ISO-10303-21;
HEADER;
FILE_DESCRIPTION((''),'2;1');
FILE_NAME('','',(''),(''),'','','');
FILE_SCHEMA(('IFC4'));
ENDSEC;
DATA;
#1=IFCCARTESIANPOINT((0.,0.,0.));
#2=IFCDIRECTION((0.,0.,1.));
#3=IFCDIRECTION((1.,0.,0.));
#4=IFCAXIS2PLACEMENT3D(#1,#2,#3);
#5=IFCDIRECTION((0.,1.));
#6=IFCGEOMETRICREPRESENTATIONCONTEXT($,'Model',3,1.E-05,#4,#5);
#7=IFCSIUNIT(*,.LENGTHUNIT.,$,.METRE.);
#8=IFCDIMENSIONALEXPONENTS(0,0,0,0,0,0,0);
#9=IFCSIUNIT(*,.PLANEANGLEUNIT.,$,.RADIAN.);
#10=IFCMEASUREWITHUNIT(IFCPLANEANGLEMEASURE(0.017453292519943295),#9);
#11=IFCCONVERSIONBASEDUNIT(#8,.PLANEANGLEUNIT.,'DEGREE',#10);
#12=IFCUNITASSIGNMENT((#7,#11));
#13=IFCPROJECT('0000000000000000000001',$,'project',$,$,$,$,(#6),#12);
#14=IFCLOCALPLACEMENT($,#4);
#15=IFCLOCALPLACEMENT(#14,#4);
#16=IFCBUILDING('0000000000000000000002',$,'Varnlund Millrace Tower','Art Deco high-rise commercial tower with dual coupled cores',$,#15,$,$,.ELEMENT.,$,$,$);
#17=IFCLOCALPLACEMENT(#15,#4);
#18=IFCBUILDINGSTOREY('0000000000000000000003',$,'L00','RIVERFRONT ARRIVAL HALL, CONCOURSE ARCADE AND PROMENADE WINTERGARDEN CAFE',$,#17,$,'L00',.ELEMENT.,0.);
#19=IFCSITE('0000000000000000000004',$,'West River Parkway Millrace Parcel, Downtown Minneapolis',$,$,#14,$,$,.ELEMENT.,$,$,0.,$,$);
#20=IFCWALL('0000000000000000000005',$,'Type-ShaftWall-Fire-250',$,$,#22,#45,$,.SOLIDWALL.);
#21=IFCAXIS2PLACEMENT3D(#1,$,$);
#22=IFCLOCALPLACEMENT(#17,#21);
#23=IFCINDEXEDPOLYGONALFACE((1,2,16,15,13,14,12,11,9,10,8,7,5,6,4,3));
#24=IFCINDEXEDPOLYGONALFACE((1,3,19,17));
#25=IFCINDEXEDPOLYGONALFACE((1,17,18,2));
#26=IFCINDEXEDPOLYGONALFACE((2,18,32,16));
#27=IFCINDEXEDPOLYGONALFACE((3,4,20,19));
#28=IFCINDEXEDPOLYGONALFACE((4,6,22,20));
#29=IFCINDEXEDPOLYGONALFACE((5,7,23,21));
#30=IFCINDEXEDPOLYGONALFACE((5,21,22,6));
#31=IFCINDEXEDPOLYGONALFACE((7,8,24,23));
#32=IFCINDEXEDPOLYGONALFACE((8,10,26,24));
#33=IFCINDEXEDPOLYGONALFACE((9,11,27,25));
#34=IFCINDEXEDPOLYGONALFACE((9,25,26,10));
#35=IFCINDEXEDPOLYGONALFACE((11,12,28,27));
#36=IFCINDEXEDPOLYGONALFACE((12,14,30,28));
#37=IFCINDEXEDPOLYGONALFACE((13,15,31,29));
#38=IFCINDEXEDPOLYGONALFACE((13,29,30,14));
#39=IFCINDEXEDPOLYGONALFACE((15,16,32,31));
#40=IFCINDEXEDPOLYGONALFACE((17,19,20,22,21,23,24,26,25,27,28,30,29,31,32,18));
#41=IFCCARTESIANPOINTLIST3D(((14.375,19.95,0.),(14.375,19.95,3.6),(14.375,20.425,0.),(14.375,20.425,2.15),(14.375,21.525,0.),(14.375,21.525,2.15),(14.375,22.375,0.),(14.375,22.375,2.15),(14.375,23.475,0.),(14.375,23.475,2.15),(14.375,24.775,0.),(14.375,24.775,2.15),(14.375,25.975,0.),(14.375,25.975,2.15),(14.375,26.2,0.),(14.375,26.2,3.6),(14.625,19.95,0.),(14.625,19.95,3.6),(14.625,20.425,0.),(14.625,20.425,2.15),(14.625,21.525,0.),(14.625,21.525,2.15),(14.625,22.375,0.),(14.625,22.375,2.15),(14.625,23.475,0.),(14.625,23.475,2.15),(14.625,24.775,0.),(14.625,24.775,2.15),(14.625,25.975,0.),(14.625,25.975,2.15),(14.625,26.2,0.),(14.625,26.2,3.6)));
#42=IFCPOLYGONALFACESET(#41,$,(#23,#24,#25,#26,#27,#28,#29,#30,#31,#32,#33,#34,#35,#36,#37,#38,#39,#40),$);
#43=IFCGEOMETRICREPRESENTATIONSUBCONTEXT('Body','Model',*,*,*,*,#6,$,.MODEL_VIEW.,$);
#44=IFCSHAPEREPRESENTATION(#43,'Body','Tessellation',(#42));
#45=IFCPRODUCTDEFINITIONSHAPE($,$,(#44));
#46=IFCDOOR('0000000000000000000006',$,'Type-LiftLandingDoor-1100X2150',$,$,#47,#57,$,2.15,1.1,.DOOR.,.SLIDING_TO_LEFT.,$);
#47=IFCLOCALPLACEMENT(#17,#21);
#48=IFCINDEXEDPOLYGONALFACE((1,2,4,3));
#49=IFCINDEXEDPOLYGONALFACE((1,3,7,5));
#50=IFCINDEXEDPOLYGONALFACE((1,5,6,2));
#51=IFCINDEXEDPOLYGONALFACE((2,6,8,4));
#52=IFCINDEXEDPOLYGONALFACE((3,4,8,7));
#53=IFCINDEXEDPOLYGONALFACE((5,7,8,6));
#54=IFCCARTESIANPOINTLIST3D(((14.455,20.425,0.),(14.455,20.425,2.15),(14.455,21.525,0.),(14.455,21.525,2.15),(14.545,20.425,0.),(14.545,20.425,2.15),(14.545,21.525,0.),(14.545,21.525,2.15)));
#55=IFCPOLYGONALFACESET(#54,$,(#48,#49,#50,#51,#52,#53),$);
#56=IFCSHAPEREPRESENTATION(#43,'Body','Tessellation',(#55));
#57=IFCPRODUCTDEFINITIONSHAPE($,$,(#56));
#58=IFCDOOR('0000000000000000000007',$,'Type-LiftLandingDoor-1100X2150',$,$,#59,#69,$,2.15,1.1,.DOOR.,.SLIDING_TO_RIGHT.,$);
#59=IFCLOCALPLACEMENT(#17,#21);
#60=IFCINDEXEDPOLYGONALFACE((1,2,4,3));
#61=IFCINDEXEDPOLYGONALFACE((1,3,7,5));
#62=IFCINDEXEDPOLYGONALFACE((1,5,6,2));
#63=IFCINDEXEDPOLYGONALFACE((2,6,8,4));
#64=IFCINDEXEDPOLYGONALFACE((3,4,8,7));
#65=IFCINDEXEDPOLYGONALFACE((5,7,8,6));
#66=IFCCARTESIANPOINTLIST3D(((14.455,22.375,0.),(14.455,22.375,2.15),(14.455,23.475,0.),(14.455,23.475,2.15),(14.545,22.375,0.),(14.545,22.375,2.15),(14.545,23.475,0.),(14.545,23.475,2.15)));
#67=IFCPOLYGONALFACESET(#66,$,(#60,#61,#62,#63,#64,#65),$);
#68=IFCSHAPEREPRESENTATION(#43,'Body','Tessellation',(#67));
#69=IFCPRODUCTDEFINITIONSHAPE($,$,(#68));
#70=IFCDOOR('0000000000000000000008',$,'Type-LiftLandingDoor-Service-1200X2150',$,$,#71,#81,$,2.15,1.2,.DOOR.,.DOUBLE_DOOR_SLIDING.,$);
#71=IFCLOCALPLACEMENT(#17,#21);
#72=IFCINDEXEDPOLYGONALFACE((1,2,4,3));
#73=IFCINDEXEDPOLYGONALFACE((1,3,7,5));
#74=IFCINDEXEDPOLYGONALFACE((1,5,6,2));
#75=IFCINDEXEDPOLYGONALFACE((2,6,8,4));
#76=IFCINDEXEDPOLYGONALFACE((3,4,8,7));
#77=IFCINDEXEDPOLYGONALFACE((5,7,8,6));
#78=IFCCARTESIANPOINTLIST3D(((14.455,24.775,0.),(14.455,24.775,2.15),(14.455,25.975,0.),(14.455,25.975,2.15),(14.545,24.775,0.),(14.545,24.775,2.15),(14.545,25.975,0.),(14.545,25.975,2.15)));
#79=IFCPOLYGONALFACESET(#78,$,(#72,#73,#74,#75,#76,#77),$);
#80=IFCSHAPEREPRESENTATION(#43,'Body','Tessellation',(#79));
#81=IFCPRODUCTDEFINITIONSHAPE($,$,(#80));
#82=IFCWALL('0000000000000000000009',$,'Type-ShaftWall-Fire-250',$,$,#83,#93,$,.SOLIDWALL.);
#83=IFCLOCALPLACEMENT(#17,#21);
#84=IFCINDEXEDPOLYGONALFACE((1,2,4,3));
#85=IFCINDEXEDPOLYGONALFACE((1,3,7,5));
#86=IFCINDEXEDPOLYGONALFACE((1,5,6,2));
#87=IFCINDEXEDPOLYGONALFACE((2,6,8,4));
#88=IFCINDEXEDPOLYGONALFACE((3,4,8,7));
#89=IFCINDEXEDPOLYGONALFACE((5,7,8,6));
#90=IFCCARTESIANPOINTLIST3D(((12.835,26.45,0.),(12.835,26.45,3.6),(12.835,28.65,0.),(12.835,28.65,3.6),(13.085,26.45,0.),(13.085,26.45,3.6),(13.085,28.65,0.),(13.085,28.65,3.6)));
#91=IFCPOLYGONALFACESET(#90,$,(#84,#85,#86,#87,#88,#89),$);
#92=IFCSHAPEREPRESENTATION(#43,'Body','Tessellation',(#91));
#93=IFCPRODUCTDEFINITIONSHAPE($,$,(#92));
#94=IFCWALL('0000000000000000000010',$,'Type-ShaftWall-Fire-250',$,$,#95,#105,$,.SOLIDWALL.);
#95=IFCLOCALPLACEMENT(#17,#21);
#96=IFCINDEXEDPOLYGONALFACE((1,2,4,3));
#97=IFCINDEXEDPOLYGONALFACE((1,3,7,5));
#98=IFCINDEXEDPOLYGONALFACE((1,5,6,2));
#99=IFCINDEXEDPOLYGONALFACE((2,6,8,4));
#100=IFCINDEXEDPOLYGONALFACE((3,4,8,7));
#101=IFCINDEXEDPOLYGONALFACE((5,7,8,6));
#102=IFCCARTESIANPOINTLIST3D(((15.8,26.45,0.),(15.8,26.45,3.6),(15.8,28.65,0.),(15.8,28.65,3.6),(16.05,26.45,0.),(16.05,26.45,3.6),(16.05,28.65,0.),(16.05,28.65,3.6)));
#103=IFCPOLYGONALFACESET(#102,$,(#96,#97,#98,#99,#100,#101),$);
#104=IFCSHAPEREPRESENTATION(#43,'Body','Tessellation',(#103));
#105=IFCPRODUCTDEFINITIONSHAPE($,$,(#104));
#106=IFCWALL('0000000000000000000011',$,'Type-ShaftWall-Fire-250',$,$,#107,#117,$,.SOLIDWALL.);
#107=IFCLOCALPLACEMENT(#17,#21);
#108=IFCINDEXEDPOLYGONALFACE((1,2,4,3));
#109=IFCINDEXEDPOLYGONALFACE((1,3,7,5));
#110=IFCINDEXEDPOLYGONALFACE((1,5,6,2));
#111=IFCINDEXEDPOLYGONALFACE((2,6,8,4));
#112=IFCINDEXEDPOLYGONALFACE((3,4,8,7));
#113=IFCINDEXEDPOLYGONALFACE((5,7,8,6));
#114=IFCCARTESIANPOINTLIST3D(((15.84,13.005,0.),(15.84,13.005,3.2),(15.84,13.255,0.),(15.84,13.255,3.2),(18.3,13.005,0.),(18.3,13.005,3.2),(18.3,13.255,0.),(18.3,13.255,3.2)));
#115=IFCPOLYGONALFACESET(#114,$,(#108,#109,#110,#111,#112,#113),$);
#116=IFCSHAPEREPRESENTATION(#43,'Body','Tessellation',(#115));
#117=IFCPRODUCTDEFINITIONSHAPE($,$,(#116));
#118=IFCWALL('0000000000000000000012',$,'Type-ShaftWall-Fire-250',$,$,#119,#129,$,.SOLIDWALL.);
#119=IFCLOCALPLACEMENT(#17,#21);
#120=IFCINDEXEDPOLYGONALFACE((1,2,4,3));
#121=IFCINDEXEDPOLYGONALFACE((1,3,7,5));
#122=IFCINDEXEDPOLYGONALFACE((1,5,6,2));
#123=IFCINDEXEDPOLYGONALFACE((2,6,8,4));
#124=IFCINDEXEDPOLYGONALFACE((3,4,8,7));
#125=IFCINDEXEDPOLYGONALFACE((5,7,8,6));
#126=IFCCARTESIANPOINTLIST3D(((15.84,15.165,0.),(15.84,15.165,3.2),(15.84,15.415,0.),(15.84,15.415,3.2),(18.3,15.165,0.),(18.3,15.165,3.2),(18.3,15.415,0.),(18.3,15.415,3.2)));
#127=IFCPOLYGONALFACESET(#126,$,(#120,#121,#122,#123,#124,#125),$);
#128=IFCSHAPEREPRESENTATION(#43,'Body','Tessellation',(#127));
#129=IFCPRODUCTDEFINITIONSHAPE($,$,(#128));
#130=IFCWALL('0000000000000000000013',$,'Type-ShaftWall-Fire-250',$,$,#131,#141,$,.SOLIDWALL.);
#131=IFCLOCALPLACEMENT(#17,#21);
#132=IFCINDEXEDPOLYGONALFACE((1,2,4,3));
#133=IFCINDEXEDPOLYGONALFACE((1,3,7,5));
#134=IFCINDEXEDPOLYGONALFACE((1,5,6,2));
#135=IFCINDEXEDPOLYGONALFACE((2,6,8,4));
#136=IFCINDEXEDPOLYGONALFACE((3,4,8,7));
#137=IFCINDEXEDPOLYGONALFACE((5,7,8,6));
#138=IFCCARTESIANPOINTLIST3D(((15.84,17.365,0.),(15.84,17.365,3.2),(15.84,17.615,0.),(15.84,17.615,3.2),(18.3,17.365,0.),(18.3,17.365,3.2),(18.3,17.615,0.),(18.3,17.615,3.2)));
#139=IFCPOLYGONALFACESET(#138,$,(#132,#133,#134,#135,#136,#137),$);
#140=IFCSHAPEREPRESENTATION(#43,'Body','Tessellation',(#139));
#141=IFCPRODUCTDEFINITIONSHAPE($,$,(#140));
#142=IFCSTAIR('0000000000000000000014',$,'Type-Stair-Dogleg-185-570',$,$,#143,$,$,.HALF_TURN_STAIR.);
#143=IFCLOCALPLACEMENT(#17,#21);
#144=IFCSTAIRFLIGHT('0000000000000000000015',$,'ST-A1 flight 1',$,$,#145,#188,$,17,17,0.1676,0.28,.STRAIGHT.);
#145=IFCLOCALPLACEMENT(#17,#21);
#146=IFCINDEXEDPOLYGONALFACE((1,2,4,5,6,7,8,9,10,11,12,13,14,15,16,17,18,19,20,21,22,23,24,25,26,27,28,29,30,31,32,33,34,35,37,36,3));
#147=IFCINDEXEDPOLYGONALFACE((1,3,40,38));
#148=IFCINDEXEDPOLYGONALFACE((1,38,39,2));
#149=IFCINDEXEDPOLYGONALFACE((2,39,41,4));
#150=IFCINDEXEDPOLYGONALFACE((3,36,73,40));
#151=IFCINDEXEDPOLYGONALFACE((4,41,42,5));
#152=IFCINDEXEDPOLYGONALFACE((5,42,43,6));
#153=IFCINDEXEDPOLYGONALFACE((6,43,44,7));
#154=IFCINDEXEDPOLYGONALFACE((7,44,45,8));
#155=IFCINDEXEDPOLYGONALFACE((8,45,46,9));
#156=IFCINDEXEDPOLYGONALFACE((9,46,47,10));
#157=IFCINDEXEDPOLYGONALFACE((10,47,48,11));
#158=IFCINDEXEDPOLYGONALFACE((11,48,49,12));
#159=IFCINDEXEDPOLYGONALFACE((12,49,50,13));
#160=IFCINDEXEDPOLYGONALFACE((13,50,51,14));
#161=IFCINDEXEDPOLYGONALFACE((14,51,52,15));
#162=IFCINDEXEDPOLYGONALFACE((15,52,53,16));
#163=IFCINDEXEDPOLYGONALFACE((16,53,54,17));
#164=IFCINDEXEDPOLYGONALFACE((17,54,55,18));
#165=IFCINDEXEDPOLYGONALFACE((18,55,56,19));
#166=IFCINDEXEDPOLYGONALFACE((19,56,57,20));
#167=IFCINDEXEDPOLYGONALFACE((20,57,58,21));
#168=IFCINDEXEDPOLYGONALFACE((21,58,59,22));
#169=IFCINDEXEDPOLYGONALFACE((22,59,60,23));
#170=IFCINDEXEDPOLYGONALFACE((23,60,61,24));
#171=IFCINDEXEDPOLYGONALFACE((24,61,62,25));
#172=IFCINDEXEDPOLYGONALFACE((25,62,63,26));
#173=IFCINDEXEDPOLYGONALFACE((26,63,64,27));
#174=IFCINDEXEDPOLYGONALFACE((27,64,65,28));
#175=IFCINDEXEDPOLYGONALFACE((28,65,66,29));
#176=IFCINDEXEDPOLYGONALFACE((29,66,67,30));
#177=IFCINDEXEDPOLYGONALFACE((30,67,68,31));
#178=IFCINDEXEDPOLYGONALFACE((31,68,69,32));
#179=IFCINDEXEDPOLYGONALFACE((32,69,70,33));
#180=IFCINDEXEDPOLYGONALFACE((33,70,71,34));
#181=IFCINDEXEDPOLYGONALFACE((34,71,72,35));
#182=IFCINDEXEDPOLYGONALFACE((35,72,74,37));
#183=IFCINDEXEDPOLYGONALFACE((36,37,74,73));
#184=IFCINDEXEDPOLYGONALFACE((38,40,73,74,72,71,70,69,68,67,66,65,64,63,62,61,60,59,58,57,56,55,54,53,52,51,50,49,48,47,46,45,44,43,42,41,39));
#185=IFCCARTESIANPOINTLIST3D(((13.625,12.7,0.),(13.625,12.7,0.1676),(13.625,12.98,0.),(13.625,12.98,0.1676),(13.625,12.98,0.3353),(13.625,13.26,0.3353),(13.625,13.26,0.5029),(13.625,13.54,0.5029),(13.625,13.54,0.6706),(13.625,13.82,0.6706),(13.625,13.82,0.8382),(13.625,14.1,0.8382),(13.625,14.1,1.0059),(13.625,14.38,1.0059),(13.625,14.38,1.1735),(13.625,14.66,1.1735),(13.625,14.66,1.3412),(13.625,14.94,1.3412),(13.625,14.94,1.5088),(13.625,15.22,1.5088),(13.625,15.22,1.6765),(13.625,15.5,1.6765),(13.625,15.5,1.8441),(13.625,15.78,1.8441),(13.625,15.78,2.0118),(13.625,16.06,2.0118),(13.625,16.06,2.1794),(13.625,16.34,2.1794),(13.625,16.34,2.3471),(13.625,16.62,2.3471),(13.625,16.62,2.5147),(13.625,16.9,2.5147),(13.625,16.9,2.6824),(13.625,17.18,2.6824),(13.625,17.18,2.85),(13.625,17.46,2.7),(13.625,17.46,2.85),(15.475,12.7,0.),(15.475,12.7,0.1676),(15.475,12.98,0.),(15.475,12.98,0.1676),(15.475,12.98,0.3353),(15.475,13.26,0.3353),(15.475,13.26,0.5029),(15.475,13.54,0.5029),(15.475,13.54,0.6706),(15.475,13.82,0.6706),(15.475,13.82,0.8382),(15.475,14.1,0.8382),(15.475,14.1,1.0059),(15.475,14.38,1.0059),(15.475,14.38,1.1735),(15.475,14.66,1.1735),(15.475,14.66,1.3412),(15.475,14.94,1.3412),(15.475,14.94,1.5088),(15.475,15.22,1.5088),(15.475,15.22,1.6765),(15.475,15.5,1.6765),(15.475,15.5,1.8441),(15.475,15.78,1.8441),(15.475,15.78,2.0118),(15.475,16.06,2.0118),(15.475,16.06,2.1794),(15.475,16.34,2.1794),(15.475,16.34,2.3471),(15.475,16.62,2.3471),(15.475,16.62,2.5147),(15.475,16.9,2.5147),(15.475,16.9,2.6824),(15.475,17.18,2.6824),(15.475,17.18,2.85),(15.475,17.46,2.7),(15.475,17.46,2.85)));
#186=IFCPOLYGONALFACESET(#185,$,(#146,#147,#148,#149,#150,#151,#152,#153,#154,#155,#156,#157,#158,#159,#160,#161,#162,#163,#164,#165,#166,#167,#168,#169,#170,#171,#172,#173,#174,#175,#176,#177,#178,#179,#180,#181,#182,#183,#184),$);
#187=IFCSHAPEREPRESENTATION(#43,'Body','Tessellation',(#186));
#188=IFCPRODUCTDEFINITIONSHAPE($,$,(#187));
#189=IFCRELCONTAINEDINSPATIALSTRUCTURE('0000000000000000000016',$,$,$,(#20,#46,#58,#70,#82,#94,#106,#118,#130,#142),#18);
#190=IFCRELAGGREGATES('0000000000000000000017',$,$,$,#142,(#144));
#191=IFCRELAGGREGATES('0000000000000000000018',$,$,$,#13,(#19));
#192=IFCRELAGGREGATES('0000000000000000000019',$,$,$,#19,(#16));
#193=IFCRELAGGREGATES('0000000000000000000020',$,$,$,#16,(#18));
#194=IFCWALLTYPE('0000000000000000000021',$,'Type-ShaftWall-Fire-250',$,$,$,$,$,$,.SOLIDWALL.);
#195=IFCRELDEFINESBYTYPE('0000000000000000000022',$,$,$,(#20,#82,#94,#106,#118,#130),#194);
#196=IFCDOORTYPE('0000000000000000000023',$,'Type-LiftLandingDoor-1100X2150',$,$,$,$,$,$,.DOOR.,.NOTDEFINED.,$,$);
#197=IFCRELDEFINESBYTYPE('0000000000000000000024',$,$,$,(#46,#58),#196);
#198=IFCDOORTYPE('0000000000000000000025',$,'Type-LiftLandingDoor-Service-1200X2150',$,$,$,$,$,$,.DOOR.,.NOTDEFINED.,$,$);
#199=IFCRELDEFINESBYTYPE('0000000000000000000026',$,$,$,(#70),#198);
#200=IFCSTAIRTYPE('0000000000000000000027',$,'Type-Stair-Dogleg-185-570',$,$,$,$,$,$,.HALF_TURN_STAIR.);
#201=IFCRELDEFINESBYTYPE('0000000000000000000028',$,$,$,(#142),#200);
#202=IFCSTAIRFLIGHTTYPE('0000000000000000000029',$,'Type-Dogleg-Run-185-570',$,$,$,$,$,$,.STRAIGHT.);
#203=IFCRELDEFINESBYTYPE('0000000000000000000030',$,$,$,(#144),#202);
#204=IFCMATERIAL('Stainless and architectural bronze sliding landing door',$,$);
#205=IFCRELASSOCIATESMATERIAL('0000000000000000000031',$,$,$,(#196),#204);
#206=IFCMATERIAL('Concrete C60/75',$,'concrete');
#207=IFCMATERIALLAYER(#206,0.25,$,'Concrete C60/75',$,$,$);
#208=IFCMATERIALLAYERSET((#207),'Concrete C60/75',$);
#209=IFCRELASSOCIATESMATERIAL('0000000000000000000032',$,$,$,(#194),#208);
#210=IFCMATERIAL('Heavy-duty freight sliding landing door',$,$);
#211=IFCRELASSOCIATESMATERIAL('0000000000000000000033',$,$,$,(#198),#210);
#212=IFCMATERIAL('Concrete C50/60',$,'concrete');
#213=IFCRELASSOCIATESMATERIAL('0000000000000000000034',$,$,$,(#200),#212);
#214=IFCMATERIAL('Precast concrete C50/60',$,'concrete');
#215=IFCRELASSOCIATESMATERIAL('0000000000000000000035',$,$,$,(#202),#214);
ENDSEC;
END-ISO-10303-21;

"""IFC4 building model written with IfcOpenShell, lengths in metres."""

from ifc_helpers import new_model, entity, si_unit, converted_unit, direction, frame, origin_with_axes, origin_2d_with_axis, place, context, subcontext, project, spatial, polyline, rectangle, outline, extrude, material, layer, layer_set, type_object, element, fill, aggregate, save


model = new_model("IFC4")

# Units and contexts
model_context = context("Model", 3, precision=1e-05, world=origin_with_axes(), true_north=direction((0.0, 1.0)))
body_context = subcontext(model_context, "Body", "Model", "MODEL_VIEW")
ifc_project = project(units=[si_unit("LENGTHUNIT", "METRE"), converted_unit("PLANEANGLEUNIT", "DEGREE", entity("IfcPlaneAngleMeasure", 0.017453292519943295), si_unit("PLANEANGLEUNIT", "RADIAN"), dimensions=[0, 0, 0, 0, 0, 0, 0])], contexts=[model_context])

# Site, building, storey
site_placement = place(None, origin_with_axes())
site = spatial("IfcSite", under=ifc_project, at=site_placement, Name="West River Parkway Millrace Parcel, Downtown Minneapolis", CompositionType="ELEMENT", RefElevation=0.0)
building_placement = place(site_placement, origin_with_axes())
building = spatial("IfcBuilding", under=site, at=building_placement, Name="Varnlund Millrace Tower", Description="Art Deco high-rise commercial tower with dual coupled cores", CompositionType="ELEMENT")
storey_placement = place(building_placement, origin_with_axes())
storey = spatial("IfcBuildingStorey", under=building, at=storey_placement, Name="L00", Description="RIVERFRONT ARRIVAL HALL, CONCOURSE ARCADE AND PROMENADE WINTERGARDEN CAFE", LongName="L00", CompositionType="ELEMENT", Elevation=0.0)

# Wall, openings, doors
ifc_material_1 = material(Name="Stainless and architectural bronze sliding landing door")
door_type_1 = type_object("IfcDoorType", Name="Type-LiftLandingDoor-1100X2150", OperationType="NOTDEFINED", PredefinedType="DOOR", material=ifc_material_1)
ifc_material_2 = material(Name="Concrete C60/75", Category="concrete")
ifc_layer_1 = layer(ifc_material_2, 0.25, Name="Concrete C60/75")
ifc_layer_set_1 = layer_set([ifc_layer_1], Name="Concrete C60/75")
wall_type_1 = type_object("IfcWallType", Name="Type-ShaftWall-Fire-250", PredefinedType="SOLIDWALL", material=ifc_layer_set_1)
wall_1_placement = place(storey_placement, frame((14.5, 19.95, 0.0), z_axis=(0.0, 0.0, 1.0), x_axis=(0.0, 1.0, 0.0)))
wall_1 = element("IfcWall", 1, at=wall_1_placement, inside=storey, type_object=wall_type_1, Name="Type-ShaftWall-Fire-250", PredefinedType="SOLIDWALL", context=body_context, shape_type="SweptSolid", body=[
    extrude(outline(polyline([(0.0, -0.125), (6.25, -0.125), (6.25, 0.125), (0.0, 0.125), (0.0, -0.125)])), origin_with_axes(), (0.0, 0.0, 1.0), 3.6),
])
opening_1_placement = place(wall_1_placement, frame((1.025, 0.0, 0.0), z_axis=(0.0, 0.0, 1.0), x_axis=(1.0, 0.0, 0.0)))
opening_1 = element("IfcOpeningElement", 2, at=opening_1_placement, cuts=wall_1, PredefinedType="OPENING", context=body_context, shape_type="SweptSolid", body=[
    extrude(rectangle(XDim=1.1, YDim=0.27, at=origin_2d_with_axis()), origin_with_axes(), (0.0, 0.0, 1.0), 2.15),
])
opening_2_placement = place(wall_1_placement, frame((2.975, 0.0, 0.0), z_axis=(0.0, 0.0, 1.0), x_axis=(1.0, 0.0, 0.0)))
opening_2 = element("IfcOpeningElement", 3, at=opening_2_placement, cuts=wall_1, PredefinedType="OPENING", context=body_context, shape_type="SweptSolid", body=[
    extrude(rectangle(XDim=1.1, YDim=0.27, at=origin_2d_with_axis()), origin_with_axes(), (0.0, 0.0, 1.0), 2.15),
])
opening_3_placement = place(wall_1_placement, frame((5.425, 0.0, 0.0), z_axis=(0.0, 0.0, 1.0), x_axis=(1.0, 0.0, 0.0)))
opening_3 = element("IfcOpeningElement", 4, at=opening_3_placement, cuts=wall_1, PredefinedType="OPENING", context=body_context, shape_type="SweptSolid", body=[
    extrude(rectangle(XDim=1.2, YDim=0.27, at=origin_2d_with_axis()), origin_with_axes(), (0.0, 0.0, 1.0), 2.15),
])
door_1_placement = place(wall_1_placement, frame((1.025, 0.0, 0.0), z_axis=(0.0, 0.0, 1.0), x_axis=(1.0, 0.0, 0.0)))
door_1 = element("IfcDoor", 5, at=door_1_placement, inside=storey, type_object=door_type_1, Name="Type-LiftLandingDoor-1100X2150", OperationType="SLIDING_TO_LEFT", OverallHeight=2.15, OverallWidth=1.1, PredefinedType="DOOR", context=body_context, shape_type="SweptSolid", body=[
    extrude(rectangle(XDim=1.1, YDim=0.09, at=origin_2d_with_axis()), origin_with_axes(), (0.0, 0.0, 1.0), 2.15),
])
fill(opening_1, door_1)
door_2_placement = place(wall_1_placement, frame((2.975, 0.0, 0.0), z_axis=(0.0, 0.0, 1.0), x_axis=(1.0, 0.0, 0.0)))
door_2 = element("IfcDoor", 6, at=door_2_placement, inside=storey, type_object=door_type_1, Name="Type-LiftLandingDoor-1100X2150", OperationType="SLIDING_TO_RIGHT", OverallHeight=2.15, OverallWidth=1.1, PredefinedType="DOOR", context=body_context, shape_type="SweptSolid", body=[
    extrude(rectangle(XDim=1.1, YDim=0.09, at=origin_2d_with_axis()), origin_with_axes(), (0.0, 0.0, 1.0), 2.15),
])
fill(opening_2, door_2)
ifc_material_3 = material(Name="Heavy-duty freight sliding landing door")
door_type_2 = type_object("IfcDoorType", Name="Type-LiftLandingDoor-Service-1200X2150", OperationType="NOTDEFINED", PredefinedType="DOOR", material=ifc_material_3)
door_3_placement = place(wall_1_placement, frame((5.425, 0.0, 0.0), z_axis=(0.0, 0.0, 1.0), x_axis=(1.0, 0.0, 0.0)))
door_3 = element("IfcDoor", 7, at=door_3_placement, inside=storey, type_object=door_type_2, Name="Type-LiftLandingDoor-Service-1200X2150", OperationType="DOUBLE_DOOR_SLIDING", OverallHeight=2.15, OverallWidth=1.2, PredefinedType="DOOR", context=body_context, shape_type="SweptSolid", body=[
    extrude(rectangle(XDim=1.2, YDim=0.09, at=origin_2d_with_axis()), origin_with_axes(), (0.0, 0.0, 1.0), 2.15),
])
fill(opening_3, door_3)

# Walls
for number, where, z_axis, x_axis, name in (
    (8, (12.96, 26.45, 0.0), (0.0, 0.0, 1.0), (0.0, 1.0, 0.0), "Type-ShaftWall-Fire-250"),
    (9, (15.925, 26.45, 0.0), (0.0, 0.0, 1.0), (0.0, 1.0, 0.0), "Type-ShaftWall-Fire-250"),
):
    element("IfcWall", number, at=place(storey_placement, frame(where, z_axis=z_axis, x_axis=x_axis)), inside=storey, type_object=wall_type_1, Name=name, PredefinedType="SOLIDWALL", context=body_context, shape_type="SweptSolid", body=[
        extrude(outline(polyline([(0.0, -0.125), (2.2, -0.125), (2.2, 0.125), (0.0, 0.125), (0.0, -0.125)])), origin_with_axes(), (0.0, 0.0, 1.0), 3.6),
    ])
for number, where, z_axis, x_axis, name in (
    (10, (15.84, 13.13, 0.0), (0.0, 0.0, 1.0), (1.0, 0.0, 0.0), "Type-ShaftWall-Fire-250"),
    (11, (15.84, 15.29, 0.0), (0.0, 0.0, 1.0), (1.0, 0.0, 0.0), "Type-ShaftWall-Fire-250"),
    (12, (15.84, 17.49, 0.0), (0.0, 0.0, 1.0), (1.0, 0.0, 0.0), "Type-ShaftWall-Fire-250"),
):
    element("IfcWall", number, at=place(storey_placement, frame(where, z_axis=z_axis, x_axis=x_axis)), inside=storey, type_object=wall_type_1, Name=name, PredefinedType="SOLIDWALL", context=body_context, shape_type="SweptSolid", body=[
        extrude(outline(polyline([(0.0, -0.125), (2.46, -0.125), (2.46, 0.125), (0.0, 0.125), (0.0, -0.125)])), origin_with_axes(), (0.0, 0.0, 1.0), 3.2),
    ])

# Stair, stair flight
ifc_material_4 = material(Name="Concrete C50/60", Category="concrete")
stair_type = type_object("IfcStairType", Name="Type-Stair-Dogleg-185-570", PredefinedType="HALF_TURN_STAIR", material=ifc_material_4)
stair_placement = place(storey_placement, origin_with_axes())
stair = element("IfcStair", 13, at=stair_placement, inside=storey, type_object=stair_type, Name="Type-Stair-Dogleg-185-570", PredefinedType="HALF_TURN_STAIR")
ifc_material_5 = material(Name="Precast concrete C50/60", Category="concrete")
stair_flight_type = type_object("IfcStairFlightType", Name="Type-Dogleg-Run-185-570", PredefinedType="STRAIGHT", material=ifc_material_5)
stair_flight_1_placement = place(storey_placement, frame((13.625, 12.7, 0.0), z_axis=(1.0, 0.0, 0.0), x_axis=(0.0, 1.0, 0.0)))
stair_flight_1 = element("IfcStairFlight", 14, at=stair_flight_1_placement, type_object=stair_flight_type, Name="ST-A1 flight 1", NumberOfRisers=17, NumberOfTreads=17, PredefinedType="STRAIGHT", RiserHeight=0.1676, TreadLength=0.28, context=body_context, shape_type="SweptSolid", body=[
    extrude(outline(polyline([(0.0, 0.0), (0.0, 0.1676), (0.28, 0.1676), (0.28, 0.3353), (0.56, 0.3353), (0.56, 0.5029), (0.84, 0.5029), (0.84, 0.6706), (1.12, 0.6706), (1.12, 0.8382), (1.4, 0.8382), (1.4, 1.0059), (1.68, 1.0059), (1.68, 1.1735), (1.96, 1.1735), (1.96, 1.3412), (2.24, 1.3412), (2.24, 1.5088), (2.52, 1.5088), (2.52, 1.6765), (2.8, 1.6765), (2.8, 1.8441), (3.08, 1.8441), (3.08, 2.0118), (3.36, 2.0118), (3.36, 2.1794), (3.64, 2.1794), (3.64, 2.3471), (3.92, 2.3471), (3.92, 2.5147), (4.2, 2.5147), (4.2, 2.6824), (4.48, 2.6824), (4.48, 2.85), (4.76, 2.85), (4.76, 2.7), (0.28, 0.0), (0.0, 0.0)])), origin_with_axes(), (0.0, 0.0, 1.0), 1.85),
])
aggregate(stair, [stair_flight_1])

save(model, "model.ifc")
